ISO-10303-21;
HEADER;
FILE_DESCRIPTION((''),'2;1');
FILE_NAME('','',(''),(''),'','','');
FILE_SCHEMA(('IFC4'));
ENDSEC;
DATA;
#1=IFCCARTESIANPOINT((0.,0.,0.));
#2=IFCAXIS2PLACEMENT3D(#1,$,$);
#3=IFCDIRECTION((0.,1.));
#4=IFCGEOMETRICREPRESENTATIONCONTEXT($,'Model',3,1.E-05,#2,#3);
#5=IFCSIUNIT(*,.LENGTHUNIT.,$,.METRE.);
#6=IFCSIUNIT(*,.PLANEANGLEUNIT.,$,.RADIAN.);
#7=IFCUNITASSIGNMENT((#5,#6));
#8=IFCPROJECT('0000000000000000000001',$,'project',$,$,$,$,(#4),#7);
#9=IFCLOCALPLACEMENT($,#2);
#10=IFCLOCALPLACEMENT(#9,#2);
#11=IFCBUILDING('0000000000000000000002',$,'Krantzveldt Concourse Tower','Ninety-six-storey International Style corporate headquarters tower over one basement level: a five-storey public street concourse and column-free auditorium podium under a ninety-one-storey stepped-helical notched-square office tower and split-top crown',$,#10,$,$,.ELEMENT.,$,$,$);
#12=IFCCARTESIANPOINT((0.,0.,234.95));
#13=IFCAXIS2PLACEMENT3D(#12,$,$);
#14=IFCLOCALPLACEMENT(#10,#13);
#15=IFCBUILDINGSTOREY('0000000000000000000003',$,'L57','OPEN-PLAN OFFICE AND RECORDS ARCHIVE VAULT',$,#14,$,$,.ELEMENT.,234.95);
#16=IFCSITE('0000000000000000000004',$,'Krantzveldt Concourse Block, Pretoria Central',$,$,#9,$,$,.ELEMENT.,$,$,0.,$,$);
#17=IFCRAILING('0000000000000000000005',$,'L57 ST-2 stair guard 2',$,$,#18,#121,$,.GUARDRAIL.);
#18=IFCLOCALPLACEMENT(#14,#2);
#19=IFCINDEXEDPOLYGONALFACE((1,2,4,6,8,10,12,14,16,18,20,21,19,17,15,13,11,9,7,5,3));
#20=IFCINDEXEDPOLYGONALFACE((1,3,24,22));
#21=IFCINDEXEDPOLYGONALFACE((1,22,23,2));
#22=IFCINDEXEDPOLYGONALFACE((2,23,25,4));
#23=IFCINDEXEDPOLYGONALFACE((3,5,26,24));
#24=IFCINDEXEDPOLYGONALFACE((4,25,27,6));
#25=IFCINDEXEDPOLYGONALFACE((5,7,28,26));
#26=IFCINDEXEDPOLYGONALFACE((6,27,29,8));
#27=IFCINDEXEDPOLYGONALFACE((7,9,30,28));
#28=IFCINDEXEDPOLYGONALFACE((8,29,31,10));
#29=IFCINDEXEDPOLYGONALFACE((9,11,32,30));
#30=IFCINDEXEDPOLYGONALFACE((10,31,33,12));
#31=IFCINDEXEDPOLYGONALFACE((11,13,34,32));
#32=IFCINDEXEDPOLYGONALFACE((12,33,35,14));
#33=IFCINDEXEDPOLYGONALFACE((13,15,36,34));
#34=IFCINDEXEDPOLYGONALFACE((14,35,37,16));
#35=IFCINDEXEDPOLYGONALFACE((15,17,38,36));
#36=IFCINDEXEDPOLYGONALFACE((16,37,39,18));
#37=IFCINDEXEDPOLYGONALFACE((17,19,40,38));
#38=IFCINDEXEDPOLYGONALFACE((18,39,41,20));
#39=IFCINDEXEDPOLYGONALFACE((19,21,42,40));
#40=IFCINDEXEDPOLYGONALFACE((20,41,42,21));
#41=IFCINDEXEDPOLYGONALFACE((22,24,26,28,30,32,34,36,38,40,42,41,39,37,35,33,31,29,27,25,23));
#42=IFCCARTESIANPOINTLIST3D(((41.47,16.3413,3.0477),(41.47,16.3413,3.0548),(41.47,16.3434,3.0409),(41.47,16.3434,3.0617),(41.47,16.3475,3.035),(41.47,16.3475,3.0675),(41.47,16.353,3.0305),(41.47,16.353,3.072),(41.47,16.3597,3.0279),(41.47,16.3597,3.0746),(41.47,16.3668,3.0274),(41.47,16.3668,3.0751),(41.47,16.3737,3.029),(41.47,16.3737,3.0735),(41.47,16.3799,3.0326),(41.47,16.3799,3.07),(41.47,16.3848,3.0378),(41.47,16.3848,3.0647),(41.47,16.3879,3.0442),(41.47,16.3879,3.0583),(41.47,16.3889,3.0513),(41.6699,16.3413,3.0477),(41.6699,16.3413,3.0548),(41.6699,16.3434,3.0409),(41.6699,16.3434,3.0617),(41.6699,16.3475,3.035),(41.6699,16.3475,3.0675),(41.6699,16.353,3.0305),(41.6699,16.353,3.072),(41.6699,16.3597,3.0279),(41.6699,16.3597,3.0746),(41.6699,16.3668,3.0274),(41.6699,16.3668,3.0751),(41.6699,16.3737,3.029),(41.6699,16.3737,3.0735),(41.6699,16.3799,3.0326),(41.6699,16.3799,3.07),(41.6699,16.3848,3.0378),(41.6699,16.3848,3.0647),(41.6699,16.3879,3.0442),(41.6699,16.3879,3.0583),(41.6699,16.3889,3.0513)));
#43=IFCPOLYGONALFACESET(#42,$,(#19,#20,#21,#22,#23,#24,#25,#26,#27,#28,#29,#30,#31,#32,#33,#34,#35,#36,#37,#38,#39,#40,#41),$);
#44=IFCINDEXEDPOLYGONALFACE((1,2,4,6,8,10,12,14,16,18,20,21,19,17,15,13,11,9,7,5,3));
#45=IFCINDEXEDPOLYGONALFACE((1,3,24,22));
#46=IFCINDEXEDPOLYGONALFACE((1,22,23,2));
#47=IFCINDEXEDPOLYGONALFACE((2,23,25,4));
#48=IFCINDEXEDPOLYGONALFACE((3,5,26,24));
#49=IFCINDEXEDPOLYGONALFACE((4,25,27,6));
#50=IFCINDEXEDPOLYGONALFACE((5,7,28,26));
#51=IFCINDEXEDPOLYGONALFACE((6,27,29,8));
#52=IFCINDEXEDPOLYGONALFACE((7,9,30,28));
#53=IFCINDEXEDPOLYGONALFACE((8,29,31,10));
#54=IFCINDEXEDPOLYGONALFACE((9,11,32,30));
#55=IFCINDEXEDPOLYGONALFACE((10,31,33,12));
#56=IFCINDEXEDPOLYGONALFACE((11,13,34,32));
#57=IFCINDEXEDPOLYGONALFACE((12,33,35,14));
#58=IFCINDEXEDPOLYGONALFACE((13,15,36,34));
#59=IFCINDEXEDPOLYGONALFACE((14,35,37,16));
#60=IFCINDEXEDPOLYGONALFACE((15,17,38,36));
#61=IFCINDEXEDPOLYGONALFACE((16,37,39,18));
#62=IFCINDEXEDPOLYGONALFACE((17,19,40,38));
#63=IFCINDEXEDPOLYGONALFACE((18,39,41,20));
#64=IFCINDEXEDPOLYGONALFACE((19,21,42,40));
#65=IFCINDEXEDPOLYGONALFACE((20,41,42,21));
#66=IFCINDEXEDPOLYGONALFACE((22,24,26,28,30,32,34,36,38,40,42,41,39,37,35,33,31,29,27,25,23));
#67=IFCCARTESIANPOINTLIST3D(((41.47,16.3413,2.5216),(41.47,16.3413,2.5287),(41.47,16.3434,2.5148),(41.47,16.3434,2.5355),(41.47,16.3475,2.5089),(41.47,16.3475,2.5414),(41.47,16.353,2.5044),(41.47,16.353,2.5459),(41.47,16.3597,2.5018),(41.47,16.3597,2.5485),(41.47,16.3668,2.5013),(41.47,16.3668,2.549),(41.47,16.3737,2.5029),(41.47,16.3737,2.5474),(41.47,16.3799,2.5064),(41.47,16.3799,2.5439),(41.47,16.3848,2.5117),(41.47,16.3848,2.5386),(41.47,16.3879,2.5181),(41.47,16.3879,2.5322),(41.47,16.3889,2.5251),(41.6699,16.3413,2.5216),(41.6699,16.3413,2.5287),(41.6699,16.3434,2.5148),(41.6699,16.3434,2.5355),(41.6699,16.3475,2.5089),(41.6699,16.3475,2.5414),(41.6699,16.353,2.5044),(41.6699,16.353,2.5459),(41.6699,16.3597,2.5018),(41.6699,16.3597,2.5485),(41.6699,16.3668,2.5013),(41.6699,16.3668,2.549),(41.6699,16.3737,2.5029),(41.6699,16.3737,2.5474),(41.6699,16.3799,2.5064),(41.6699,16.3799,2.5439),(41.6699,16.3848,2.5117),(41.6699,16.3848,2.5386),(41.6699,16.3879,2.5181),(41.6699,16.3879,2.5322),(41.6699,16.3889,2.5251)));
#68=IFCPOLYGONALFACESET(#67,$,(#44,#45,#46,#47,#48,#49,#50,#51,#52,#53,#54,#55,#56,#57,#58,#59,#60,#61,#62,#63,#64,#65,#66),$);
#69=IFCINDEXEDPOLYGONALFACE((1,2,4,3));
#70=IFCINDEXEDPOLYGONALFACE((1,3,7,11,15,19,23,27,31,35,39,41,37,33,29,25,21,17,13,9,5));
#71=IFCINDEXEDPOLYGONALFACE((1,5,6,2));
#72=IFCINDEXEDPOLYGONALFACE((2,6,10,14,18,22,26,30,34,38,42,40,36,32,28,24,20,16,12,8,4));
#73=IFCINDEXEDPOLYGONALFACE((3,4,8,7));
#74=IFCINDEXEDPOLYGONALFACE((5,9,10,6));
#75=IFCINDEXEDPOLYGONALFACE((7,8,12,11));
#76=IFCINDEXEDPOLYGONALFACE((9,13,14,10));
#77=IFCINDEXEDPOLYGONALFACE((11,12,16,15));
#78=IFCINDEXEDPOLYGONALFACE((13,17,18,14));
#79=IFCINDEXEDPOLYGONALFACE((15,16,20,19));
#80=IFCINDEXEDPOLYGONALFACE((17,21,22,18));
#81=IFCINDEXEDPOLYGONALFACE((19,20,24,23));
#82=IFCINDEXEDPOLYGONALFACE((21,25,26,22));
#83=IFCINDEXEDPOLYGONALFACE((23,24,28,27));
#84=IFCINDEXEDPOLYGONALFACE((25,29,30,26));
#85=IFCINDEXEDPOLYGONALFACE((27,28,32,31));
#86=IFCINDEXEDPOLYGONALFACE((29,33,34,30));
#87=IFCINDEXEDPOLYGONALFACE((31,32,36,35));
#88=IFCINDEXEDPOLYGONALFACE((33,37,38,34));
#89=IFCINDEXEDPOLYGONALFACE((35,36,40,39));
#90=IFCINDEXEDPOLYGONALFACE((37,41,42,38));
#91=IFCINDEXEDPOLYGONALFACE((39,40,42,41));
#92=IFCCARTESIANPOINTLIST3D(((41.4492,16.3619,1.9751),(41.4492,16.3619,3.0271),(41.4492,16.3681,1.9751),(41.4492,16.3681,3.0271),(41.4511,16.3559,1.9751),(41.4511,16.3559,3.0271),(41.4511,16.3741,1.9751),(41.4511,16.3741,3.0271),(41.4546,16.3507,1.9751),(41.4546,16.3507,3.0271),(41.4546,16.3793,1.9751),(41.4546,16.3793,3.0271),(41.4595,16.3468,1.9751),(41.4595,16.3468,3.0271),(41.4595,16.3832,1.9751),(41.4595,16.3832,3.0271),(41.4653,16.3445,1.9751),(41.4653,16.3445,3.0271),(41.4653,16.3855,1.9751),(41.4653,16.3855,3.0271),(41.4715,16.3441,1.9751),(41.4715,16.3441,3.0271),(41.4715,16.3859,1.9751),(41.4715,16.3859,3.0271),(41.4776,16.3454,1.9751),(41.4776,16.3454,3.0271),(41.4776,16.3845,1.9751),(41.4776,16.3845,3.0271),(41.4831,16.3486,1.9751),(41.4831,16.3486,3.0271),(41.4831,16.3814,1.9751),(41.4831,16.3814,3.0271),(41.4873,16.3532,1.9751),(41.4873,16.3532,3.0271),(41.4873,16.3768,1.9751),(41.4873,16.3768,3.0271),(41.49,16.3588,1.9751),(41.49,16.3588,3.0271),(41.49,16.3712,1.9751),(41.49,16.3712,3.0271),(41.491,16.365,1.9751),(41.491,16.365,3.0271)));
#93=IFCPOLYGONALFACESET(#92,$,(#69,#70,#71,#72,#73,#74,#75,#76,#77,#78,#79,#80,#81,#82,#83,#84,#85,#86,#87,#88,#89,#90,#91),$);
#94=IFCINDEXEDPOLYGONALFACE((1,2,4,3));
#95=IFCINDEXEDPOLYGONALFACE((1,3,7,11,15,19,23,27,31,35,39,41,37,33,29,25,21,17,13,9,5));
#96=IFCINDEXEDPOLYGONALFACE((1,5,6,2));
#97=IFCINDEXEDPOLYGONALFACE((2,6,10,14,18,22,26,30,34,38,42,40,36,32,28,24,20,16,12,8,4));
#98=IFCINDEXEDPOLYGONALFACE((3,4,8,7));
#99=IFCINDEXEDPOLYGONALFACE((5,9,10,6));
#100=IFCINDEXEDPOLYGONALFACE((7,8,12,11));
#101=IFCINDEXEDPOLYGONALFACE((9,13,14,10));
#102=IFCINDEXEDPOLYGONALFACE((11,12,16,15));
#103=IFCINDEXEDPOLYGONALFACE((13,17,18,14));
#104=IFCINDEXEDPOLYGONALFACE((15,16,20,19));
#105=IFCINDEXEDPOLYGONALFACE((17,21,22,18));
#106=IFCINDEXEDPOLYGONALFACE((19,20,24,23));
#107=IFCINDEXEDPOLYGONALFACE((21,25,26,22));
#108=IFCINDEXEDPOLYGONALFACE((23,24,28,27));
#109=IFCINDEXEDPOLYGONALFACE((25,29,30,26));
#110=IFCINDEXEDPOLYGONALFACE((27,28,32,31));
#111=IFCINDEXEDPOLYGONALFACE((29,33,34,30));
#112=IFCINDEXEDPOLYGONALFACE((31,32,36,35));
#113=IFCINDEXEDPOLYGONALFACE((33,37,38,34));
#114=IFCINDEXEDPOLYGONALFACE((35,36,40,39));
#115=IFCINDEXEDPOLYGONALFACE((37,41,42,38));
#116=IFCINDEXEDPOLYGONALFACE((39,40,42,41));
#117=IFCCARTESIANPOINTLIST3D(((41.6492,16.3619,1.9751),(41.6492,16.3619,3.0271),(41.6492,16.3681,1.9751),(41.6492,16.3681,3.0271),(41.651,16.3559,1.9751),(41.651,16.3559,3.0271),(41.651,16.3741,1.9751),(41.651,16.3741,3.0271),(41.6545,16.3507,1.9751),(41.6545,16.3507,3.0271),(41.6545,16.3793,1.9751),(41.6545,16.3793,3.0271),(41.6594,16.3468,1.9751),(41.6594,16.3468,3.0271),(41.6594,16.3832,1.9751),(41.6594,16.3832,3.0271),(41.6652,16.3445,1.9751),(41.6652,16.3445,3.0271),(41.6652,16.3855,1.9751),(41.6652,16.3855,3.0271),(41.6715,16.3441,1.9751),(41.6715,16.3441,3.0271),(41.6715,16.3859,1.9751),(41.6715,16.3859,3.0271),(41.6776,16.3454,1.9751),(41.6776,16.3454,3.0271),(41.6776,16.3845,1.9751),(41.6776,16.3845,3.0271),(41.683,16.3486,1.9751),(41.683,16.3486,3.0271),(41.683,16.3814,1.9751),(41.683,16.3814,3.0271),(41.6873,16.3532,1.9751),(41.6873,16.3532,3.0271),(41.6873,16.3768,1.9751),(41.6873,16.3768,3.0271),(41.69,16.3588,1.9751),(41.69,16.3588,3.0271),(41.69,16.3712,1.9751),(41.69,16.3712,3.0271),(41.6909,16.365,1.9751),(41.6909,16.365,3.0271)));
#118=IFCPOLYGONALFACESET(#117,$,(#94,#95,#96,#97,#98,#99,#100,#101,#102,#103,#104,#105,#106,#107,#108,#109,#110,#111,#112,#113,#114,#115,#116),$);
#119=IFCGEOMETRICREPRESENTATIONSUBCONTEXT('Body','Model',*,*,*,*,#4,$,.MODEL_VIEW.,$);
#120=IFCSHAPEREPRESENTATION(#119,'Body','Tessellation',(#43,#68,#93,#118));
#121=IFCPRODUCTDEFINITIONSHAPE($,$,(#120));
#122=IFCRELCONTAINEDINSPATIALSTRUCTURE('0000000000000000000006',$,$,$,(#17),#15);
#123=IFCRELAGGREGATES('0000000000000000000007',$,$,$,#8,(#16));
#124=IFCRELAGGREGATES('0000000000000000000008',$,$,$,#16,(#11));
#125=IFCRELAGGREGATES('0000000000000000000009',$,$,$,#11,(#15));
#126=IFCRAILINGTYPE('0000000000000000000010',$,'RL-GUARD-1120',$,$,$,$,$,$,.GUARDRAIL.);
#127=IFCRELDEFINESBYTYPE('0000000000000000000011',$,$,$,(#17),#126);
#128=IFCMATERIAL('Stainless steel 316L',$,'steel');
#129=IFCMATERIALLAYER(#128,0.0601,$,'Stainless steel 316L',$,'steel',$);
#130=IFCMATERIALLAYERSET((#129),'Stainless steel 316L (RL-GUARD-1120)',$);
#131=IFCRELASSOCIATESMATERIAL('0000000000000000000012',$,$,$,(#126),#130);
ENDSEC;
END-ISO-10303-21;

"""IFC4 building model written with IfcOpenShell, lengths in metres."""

from ifc_helpers import new_model, si_unit, direction, frame, origin, origin_2d, place, context, subcontext, project, spatial, circle, extrude, material, layer, layer_set, type_object, element, save


model = new_model("IFC4")

# Units and contexts
model_context = context("Model", 3, precision=1e-05, world=origin(), true_north=direction((0.0, 1.0)))
body_context = subcontext(model_context, "Body", "Model", "MODEL_VIEW")
ifc_project = project(units=[si_unit("LENGTHUNIT", "METRE"), si_unit("PLANEANGLEUNIT", "RADIAN")], contexts=[model_context])

# Site, building, storey
site_placement = place(None, origin())
site = spatial("IfcSite", under=ifc_project, at=site_placement, Name="Krantzveldt Concourse Block, Pretoria Central", CompositionType="ELEMENT", RefElevation=0.0)
building_placement = place(site_placement, origin())
building = spatial("IfcBuilding", under=site, at=building_placement, Name="Krantzveldt Concourse Tower", Description="Ninety-six-storey International Style corporate headquarters tower over one basement level: a five-storey public street concourse and column-free auditorium podium under a ninety-one-storey stepped-helical notched-square office tower and split-top crown", CompositionType="ELEMENT")
storey_placement = place(building_placement, frame((0.0, 0.0, 234.95)))
storey = spatial("IfcBuildingStorey", under=building, at=storey_placement, Name="L57", Description="OPEN-PLAN OFFICE AND RECORDS ARCHIVE VAULT", CompositionType="ELEMENT", Elevation=234.95)

# Shared definitions
ifc_material_1 = material(Name="Stainless steel 316L", Category="steel")

# Railing
ifc_layer_1 = layer(ifc_material_1, 0.0601, Name="Stainless steel 316L", Category="steel")
ifc_layer_set_1 = layer_set([ifc_layer_1], Name="Stainless steel 316L (RL-GUARD-1120)")
railing_type = type_object("IfcRailingType", Name="RL-GUARD-1120", PredefinedType="GUARDRAIL", material=ifc_layer_set_1)
railing_placement = place(storey_placement, frame((41.47, 16.365, 1.9751)))
element("IfcRailing", 1, at=railing_placement, inside=storey, type_object=railing_type, Name="L57 ST-2 stair guard 2", PredefinedType="GUARDRAIL", context=body_context, shape_type="SweptSolid", body=[
    extrude(circle(Radius=0.0239, at=origin_2d()), frame((0.0, 0.0, 1.0762), z_axis=(1.0, 0.0, 0.0), x_axis=(0.0, 1.0, 0.0)), (0.0, 0.0, 1.0), 0.2),
    extrude(circle(Radius=0.0239, at=origin_2d()), frame((0.0, 0.0, 0.55), z_axis=(1.0, 0.0, 0.0), x_axis=(0.0, 1.0, 0.0)), (0.0, 0.0, 1.0), 0.2),
    extrude(circle(Radius=0.021, at=origin_2d()), origin(), (0.0, 0.0, 1.0), 1.052),
    extrude(circle(Radius=0.021, at=origin_2d()), frame((0.2, 0.0, 0.0)), (0.0, 0.0, 1.0), 1.052),
])

save(model, "model.ifc")
